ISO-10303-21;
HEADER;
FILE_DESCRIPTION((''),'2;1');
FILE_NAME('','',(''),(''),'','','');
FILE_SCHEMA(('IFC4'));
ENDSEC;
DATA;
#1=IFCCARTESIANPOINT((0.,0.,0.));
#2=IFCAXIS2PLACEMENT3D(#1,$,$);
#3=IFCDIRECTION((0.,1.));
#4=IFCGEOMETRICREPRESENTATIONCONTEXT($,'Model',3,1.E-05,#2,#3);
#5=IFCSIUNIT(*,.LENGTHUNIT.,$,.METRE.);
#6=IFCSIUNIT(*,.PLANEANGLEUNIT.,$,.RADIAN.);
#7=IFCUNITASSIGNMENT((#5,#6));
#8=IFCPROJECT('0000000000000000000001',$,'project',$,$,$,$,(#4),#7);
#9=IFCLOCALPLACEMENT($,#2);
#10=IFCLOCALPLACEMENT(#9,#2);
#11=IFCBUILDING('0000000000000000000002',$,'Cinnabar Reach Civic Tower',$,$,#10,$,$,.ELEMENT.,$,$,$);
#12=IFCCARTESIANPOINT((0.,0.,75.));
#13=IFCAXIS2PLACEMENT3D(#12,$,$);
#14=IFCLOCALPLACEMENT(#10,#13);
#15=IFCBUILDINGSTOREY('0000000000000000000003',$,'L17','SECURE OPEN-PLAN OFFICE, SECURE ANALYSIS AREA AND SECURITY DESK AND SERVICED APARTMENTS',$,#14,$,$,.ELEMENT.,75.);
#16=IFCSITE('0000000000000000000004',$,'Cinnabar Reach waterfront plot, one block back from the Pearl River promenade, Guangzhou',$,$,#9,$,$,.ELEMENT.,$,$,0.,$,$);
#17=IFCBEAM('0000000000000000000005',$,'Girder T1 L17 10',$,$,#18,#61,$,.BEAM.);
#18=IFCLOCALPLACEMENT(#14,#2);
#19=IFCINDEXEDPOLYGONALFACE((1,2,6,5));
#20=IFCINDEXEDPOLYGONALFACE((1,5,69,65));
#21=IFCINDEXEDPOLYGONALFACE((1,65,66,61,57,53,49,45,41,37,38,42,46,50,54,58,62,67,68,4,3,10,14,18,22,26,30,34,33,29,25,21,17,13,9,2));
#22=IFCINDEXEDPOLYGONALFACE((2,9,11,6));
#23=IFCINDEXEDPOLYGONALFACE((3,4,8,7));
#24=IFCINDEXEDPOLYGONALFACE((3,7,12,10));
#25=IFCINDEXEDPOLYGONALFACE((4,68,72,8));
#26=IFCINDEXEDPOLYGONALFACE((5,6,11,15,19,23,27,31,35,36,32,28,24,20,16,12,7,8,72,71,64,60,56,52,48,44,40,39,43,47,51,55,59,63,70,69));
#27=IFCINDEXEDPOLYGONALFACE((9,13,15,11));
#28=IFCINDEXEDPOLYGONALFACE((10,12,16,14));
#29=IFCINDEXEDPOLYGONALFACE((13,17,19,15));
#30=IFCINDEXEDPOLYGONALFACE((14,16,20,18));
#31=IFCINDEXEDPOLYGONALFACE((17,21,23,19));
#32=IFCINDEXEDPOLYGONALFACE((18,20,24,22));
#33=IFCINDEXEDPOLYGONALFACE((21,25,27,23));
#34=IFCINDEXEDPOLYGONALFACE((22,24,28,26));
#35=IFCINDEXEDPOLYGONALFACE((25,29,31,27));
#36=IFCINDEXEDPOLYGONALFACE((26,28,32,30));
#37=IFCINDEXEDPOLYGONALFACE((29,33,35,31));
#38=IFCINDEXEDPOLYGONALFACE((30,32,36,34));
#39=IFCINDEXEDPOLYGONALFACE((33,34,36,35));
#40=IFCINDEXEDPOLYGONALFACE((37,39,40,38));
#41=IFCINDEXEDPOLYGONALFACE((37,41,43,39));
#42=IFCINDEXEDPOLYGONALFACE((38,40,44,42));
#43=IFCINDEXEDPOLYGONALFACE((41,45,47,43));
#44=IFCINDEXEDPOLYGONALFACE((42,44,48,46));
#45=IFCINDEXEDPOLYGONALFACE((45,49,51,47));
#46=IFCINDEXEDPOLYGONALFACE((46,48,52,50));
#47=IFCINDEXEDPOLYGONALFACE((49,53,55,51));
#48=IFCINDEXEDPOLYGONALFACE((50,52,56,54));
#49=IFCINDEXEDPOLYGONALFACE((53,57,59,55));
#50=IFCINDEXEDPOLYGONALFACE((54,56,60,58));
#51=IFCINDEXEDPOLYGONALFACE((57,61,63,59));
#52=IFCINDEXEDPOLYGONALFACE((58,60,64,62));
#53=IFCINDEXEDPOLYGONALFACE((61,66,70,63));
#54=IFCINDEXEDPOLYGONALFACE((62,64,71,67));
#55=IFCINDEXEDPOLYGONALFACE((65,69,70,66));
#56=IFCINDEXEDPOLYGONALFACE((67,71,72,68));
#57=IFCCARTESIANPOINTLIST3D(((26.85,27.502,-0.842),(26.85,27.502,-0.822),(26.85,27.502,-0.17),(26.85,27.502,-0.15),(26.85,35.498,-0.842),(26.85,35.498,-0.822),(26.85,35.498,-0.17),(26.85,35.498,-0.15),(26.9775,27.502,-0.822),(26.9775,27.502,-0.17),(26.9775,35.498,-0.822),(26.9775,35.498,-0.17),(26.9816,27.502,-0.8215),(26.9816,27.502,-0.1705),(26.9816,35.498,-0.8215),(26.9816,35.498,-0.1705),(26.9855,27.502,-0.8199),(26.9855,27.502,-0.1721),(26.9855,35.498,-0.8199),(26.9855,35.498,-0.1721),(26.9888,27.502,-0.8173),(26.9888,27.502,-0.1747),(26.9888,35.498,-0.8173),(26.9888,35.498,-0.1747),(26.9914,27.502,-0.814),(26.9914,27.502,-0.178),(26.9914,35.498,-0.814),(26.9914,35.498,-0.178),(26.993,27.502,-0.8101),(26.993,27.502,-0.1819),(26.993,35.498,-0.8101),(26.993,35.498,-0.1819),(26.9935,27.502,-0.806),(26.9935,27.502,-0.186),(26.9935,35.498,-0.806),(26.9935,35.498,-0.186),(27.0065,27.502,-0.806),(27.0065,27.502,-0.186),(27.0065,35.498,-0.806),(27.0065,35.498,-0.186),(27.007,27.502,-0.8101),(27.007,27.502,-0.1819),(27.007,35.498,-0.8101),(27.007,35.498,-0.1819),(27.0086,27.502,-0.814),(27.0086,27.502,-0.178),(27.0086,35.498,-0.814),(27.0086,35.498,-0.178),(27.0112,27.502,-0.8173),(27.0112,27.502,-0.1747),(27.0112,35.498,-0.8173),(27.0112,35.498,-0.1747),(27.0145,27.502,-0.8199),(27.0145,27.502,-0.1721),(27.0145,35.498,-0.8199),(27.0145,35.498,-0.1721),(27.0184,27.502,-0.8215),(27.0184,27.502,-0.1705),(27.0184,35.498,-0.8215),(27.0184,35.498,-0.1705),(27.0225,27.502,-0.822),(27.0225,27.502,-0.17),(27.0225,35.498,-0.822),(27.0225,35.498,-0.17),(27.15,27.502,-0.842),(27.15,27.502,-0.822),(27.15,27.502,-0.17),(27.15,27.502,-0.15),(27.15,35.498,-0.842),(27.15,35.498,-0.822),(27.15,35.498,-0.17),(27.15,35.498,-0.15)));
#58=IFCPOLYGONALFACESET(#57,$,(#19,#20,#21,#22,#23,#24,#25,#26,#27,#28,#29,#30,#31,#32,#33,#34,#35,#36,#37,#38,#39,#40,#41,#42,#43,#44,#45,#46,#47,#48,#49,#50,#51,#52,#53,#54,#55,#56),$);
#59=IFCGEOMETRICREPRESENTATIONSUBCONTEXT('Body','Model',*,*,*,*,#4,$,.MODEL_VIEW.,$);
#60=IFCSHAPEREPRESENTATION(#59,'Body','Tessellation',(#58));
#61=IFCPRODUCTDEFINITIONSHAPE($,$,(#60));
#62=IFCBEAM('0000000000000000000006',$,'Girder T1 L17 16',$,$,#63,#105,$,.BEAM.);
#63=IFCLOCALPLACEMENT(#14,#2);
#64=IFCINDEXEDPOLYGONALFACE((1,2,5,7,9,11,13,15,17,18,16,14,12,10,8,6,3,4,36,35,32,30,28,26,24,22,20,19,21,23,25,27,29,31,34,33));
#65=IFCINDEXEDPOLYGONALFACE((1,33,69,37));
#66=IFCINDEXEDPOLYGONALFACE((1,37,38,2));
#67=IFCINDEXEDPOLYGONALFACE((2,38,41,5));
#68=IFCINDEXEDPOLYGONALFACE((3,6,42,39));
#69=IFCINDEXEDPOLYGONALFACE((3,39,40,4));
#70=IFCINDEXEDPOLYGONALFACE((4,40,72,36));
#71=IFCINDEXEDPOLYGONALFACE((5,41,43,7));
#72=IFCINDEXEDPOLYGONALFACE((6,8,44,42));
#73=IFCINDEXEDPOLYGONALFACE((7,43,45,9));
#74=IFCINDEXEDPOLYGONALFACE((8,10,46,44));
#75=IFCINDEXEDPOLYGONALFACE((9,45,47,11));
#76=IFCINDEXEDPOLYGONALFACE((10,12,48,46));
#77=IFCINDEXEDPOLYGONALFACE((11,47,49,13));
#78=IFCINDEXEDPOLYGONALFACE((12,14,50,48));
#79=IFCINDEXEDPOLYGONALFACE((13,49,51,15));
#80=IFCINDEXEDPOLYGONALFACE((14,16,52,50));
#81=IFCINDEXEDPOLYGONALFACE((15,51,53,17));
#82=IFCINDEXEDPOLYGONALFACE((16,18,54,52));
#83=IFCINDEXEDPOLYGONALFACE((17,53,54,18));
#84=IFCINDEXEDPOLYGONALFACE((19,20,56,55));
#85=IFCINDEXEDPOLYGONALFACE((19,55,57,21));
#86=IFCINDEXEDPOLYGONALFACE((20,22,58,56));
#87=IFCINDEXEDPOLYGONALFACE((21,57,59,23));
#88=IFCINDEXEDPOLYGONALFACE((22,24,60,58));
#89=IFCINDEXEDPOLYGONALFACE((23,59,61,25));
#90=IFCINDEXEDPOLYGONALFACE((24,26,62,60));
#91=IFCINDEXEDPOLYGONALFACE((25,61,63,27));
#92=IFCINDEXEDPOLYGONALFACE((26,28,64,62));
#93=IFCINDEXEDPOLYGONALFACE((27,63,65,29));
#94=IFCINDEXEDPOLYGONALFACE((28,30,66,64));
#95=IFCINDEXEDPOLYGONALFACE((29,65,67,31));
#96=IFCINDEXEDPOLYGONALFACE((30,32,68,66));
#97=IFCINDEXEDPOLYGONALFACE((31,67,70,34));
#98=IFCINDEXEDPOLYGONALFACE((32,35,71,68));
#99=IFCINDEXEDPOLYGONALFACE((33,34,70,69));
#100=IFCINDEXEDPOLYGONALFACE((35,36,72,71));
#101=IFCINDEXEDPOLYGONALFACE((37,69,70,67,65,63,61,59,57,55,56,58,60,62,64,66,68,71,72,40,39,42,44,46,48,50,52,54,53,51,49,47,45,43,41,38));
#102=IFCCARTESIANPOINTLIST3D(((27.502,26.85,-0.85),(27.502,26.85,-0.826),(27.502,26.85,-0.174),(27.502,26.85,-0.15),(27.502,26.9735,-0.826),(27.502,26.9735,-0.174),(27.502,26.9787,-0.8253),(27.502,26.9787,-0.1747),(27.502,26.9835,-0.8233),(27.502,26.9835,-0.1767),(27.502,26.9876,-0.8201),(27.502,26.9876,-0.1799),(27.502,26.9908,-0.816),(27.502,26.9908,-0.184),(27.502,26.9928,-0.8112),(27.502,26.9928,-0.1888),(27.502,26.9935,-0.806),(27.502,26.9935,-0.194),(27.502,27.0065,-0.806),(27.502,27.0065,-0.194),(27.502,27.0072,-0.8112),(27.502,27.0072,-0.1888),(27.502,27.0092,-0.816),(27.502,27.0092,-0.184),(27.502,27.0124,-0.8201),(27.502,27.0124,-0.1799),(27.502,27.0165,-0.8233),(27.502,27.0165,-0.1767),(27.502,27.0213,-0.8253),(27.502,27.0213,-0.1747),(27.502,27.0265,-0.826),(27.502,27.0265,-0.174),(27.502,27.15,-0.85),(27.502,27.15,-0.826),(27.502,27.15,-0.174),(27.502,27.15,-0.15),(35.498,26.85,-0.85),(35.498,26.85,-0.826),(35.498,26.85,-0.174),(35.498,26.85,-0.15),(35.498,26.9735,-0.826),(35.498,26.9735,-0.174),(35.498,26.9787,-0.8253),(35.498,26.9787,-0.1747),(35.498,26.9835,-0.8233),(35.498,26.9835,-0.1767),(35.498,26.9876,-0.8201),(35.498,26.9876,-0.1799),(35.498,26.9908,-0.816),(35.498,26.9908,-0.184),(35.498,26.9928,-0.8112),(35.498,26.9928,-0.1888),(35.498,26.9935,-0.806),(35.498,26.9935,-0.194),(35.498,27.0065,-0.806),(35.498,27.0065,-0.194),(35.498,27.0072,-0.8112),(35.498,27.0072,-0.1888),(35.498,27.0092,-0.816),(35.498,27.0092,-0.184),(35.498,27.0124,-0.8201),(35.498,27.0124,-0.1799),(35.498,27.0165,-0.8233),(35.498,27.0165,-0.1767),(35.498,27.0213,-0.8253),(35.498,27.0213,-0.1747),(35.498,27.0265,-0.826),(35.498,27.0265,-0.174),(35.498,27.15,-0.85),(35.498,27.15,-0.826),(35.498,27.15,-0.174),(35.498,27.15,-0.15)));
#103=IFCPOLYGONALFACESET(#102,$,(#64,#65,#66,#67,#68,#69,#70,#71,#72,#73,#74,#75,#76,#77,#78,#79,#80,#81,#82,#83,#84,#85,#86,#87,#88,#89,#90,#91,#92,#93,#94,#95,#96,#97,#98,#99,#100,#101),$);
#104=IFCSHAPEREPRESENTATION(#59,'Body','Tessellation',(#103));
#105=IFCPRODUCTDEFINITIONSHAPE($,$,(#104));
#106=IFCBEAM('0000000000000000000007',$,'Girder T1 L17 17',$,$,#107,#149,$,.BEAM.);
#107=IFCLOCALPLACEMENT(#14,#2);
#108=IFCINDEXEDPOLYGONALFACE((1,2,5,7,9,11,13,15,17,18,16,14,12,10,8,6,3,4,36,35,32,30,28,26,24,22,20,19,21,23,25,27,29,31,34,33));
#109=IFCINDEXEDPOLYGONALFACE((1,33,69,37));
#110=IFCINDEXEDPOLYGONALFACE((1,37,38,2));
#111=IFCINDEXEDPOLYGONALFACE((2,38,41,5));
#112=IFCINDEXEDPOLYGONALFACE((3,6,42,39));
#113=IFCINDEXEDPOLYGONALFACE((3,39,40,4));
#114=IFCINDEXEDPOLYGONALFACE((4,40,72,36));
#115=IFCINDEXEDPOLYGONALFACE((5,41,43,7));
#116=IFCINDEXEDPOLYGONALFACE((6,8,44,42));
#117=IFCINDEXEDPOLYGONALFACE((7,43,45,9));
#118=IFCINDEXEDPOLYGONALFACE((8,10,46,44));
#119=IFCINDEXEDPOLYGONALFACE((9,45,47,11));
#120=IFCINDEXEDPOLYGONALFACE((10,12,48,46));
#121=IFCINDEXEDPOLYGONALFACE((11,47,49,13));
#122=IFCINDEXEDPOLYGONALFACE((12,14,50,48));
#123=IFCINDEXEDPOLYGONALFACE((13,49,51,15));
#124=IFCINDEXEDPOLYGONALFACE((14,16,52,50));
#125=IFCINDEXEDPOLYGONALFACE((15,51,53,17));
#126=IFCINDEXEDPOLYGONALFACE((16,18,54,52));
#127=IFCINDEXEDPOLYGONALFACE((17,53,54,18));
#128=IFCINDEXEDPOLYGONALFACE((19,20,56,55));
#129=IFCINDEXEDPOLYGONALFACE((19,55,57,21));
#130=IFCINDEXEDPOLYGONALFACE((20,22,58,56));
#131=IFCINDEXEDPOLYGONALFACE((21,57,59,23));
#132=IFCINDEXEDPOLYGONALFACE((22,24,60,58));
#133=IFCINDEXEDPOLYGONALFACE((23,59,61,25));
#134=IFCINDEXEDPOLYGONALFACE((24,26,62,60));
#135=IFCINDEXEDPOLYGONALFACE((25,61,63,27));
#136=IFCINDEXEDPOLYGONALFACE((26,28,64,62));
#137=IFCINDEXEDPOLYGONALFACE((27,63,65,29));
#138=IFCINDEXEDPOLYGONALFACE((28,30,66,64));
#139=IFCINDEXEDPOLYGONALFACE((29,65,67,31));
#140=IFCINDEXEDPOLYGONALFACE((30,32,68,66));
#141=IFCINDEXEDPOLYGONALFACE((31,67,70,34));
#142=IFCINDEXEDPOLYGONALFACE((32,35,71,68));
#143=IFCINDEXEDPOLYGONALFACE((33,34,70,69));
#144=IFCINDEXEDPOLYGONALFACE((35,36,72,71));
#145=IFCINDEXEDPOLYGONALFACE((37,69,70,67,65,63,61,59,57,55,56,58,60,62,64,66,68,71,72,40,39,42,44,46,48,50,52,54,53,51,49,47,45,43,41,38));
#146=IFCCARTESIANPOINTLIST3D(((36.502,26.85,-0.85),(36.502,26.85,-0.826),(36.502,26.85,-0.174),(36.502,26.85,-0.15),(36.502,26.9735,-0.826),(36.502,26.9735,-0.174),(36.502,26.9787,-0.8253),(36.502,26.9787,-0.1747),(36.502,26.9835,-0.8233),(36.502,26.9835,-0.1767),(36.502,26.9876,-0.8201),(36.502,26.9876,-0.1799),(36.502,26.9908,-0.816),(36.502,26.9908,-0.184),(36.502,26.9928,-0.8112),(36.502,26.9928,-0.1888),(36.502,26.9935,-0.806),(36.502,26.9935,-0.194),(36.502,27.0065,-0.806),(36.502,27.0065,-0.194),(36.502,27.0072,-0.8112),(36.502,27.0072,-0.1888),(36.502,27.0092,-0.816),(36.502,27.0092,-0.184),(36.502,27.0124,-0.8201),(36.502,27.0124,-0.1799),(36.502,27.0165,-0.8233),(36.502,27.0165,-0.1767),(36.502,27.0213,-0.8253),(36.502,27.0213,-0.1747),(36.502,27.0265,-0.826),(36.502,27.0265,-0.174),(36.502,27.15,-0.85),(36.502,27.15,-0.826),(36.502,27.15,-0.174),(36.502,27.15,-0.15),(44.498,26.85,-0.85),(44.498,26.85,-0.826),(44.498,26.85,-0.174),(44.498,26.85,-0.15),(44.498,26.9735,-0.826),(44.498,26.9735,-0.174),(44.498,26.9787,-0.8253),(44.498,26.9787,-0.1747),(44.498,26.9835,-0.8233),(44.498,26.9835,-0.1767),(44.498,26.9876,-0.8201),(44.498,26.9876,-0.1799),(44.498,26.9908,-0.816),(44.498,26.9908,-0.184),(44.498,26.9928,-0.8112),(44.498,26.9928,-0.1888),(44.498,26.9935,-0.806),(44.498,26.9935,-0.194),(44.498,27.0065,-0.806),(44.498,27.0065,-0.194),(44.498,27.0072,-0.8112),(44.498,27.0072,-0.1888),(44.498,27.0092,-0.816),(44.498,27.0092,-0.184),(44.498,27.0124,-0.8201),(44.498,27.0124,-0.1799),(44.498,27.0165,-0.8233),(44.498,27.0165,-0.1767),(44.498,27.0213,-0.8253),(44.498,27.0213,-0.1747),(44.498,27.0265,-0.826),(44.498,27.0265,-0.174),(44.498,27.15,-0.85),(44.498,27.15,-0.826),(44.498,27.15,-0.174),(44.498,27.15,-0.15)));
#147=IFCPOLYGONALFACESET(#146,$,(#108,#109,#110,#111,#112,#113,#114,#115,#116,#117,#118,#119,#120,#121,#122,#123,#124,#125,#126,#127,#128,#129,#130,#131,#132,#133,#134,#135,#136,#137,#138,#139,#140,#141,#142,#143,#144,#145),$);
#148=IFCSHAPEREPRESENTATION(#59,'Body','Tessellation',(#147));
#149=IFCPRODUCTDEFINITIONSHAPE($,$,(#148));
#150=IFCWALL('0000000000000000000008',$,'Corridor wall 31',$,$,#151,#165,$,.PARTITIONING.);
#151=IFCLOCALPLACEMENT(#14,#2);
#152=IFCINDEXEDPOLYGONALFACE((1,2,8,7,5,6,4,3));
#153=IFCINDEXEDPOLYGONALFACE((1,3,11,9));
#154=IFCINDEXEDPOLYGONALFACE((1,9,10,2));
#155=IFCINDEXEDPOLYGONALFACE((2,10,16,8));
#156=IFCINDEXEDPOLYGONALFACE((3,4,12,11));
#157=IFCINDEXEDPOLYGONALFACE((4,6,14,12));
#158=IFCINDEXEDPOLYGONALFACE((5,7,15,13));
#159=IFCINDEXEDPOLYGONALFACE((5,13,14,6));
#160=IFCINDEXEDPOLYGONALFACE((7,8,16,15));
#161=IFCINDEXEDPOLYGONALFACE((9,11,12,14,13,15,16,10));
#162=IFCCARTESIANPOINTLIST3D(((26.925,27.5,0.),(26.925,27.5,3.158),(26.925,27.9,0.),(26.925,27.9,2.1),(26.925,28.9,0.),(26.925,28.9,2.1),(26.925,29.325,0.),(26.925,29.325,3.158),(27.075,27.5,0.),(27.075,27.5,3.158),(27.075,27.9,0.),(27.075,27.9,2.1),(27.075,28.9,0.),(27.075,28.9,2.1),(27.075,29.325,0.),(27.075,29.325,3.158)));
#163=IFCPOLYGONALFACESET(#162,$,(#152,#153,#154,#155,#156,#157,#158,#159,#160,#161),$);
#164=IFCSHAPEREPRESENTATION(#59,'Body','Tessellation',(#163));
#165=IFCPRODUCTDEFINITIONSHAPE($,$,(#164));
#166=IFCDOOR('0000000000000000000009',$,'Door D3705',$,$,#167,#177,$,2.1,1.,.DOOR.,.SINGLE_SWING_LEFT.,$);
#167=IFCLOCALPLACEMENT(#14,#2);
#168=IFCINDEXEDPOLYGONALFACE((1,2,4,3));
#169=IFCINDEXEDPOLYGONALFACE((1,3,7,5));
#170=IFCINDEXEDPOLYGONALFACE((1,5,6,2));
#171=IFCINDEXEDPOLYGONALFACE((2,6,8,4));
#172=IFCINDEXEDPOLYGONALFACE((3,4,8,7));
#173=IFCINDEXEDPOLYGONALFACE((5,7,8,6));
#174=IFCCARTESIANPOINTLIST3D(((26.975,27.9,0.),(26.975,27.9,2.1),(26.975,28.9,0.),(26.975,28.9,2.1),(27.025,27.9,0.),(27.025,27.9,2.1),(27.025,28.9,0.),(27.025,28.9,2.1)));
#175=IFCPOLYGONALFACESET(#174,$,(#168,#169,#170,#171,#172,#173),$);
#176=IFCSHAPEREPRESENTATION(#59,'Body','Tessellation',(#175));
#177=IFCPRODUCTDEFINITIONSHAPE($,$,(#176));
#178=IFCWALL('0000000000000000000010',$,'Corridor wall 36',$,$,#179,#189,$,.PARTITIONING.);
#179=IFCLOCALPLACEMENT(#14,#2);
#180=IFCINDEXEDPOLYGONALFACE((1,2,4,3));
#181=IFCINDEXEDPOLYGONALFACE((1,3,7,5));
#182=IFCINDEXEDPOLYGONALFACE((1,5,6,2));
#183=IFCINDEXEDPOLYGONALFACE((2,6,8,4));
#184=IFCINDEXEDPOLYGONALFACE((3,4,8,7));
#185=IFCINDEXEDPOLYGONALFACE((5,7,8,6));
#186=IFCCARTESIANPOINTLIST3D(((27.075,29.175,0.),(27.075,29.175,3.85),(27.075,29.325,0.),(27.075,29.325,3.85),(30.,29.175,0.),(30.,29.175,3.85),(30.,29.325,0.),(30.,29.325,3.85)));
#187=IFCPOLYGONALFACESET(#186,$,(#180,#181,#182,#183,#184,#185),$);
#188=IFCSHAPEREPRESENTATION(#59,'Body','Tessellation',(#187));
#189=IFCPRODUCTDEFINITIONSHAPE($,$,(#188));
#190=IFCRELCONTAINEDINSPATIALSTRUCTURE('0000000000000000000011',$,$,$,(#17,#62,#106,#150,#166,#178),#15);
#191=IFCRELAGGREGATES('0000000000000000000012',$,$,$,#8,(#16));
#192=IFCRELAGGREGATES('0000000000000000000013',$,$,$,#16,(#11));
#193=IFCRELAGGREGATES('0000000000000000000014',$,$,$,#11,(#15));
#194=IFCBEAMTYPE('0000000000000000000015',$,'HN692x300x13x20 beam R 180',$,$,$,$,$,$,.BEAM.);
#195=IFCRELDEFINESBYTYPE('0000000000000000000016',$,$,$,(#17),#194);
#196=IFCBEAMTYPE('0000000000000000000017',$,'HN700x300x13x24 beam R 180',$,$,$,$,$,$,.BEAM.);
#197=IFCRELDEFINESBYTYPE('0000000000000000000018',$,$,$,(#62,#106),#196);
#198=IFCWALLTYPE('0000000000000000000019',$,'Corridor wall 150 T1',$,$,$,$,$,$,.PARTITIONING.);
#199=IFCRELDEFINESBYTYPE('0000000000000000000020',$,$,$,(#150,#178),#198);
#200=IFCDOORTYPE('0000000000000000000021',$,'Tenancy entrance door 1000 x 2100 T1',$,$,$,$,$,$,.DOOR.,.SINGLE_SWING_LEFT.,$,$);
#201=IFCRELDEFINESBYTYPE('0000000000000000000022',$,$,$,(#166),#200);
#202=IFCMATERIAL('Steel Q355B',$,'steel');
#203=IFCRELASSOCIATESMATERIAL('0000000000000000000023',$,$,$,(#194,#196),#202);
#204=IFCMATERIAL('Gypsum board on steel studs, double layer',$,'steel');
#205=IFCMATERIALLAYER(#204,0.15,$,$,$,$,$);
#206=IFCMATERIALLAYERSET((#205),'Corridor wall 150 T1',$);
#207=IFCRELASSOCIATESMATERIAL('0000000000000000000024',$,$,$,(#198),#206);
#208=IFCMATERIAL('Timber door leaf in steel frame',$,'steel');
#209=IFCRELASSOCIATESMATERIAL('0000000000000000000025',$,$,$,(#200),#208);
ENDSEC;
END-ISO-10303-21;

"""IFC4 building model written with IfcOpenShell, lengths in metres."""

from ifc_helpers import new_model, si_unit, direction, frame, frame_2d, origin, origin_2d, place, context, subcontext, project, spatial, rectangle, i_section, extrude, material, layer, layer_set, material_profile, profile_set, type_object, element, fill, save


model = new_model("IFC4")

# Units and contexts
model_context = context("Model", 3, precision=1e-05, world=origin(), true_north=direction((0.0, 1.0)))
body_context = subcontext(model_context, "Body", "Model", "MODEL_VIEW")
ifc_project = project(units=[si_unit("LENGTHUNIT", "METRE"), si_unit("PLANEANGLEUNIT", "RADIAN")], contexts=[model_context])

# Site, building, storey
site_placement = place(None, origin())
site = spatial("IfcSite", under=ifc_project, at=site_placement, Name="Cinnabar Reach waterfront plot, one block back from the Pearl River promenade, Guangzhou", CompositionType="ELEMENT", RefElevation=0.0)
building_placement = place(site_placement, origin())
building = spatial("IfcBuilding", under=site, at=building_placement, Name="Cinnabar Reach Civic Tower", CompositionType="ELEMENT")
storey_placement = place(building_placement, frame((0.0, 0.0, 75.0)))
storey = spatial("IfcBuildingStorey", under=building, at=storey_placement, Name="L17", Description="SECURE OPEN-PLAN OFFICE, SECURE ANALYSIS AREA AND SECURITY DESK AND SERVICED APARTMENTS", CompositionType="ELEMENT", Elevation=75.0)

# Beams
ifc_material_1 = material(Name="Steel Q355B", Category="steel")
ifc_material_profile_1 = material_profile(ifc_material_1, i_section(OverallWidth=0.3, OverallDepth=0.692, WebThickness=0.013, FlangeThickness=0.02, FilletRadius=0.016, at=origin_2d()), Name="HN692x300x13x20")
ifc_profile_set_1 = profile_set([ifc_material_profile_1], Name="Steel Q355B")
beam_type_1 = type_object("IfcBeamType", Name="HN692x300x13x20 beam R 180", PredefinedType="BEAM", material=ifc_profile_set_1)
beam_1_placement = place(storey_placement, frame((27.0, 27.502, -0.496), z_axis=(0.0, 1.0, 0.0), x_axis=(-1.0, 0.0, 0.0)))
element("IfcBeam", 1, at=beam_1_placement, inside=storey, type_object=beam_type_1, Name="Girder T1 L17 10", PredefinedType="BEAM", context=body_context, shape_type="SweptSolid", body=[
    extrude(i_section(OverallWidth=0.3, OverallDepth=0.692, WebThickness=0.013, FlangeThickness=0.02, FilletRadius=0.016, at=origin_2d()), origin(), (0.0, 0.0, 1.0), 7.996),
])
ifc_material_profile_2 = material_profile(ifc_material_1, i_section(OverallWidth=0.3, OverallDepth=0.7, WebThickness=0.013, FlangeThickness=0.024, FilletRadius=0.02, at=origin_2d()), Name="HN700x300x13x24")
ifc_profile_set_2 = profile_set([ifc_material_profile_2], Name="Steel Q355B")
beam_type_2 = type_object("IfcBeamType", Name="HN700x300x13x24 beam R 180", PredefinedType="BEAM", material=ifc_profile_set_2)
for number, where, z_axis, x_axis, name in (
    (2, (27.502, 27.0, -0.5), (1.0, 0.0, 0.0), (0.0, 1.0, 0.0), "Girder T1 L17 16"),
    (3, (36.502, 27.0, -0.5), (1.0, 0.0, 0.0), (0.0, 1.0, 0.0), "Girder T1 L17 17"),
):
    element("IfcBeam", number, at=place(storey_placement, frame(where, z_axis=z_axis, x_axis=x_axis)), inside=storey, type_object=beam_type_2, Name=name, PredefinedType="BEAM", context=body_context, shape_type="SweptSolid", body=[
        extrude(i_section(OverallWidth=0.3, OverallDepth=0.7, WebThickness=0.013, FlangeThickness=0.024, FilletRadius=0.02, at=origin_2d()), origin(), (0.0, 0.0, 1.0), 7.996),
    ])

# Wall, opening, door
ifc_material_2 = material(Name="Gypsum board on steel studs, double layer", Category="steel")
ifc_layer_1 = layer(ifc_material_2, 0.15)
ifc_layer_set_1 = layer_set([ifc_layer_1], Name="Corridor wall 150 T1")
wall_type_1 = type_object("IfcWallType", Name="Corridor wall 150 T1", PredefinedType="PARTITIONING", material=ifc_layer_set_1)
wall_1_placement = place(storey_placement, frame((27.0, 27.5, 0.0), z_axis=(0.0, 0.0, 1.0), x_axis=(0.0, 1.0, 0.0)))
wall_1 = element("IfcWall", 4, at=wall_1_placement, inside=storey, type_object=wall_type_1, Name="Corridor wall 31", PredefinedType="PARTITIONING", context=body_context, shape_type="SweptSolid", body=[
    extrude(rectangle(XDim=1.825, YDim=0.15, at=frame_2d((0.9125, 0.0))), origin(), (0.0, 0.0, 1.0), 3.158),
])
opening_placement = place(wall_1_placement, frame((0.4, 0.0, 0.0)))
opening = element("IfcOpeningElement", 5, at=opening_placement, cuts=wall_1, PredefinedType="OPENING", context=body_context, shape_type="SweptSolid", body=[
    extrude(rectangle(XDim=1.0, YDim=2.1, at=frame_2d((0.5, 1.05))), frame((0.0, 0.085, 0.0), z_axis=(0.0, -1.0, 0.0), x_axis=(1.0, 0.0, 0.0)), (0.0, 0.0, 1.0), 0.17),
])
ifc_material_3 = material(Name="Timber door leaf in steel frame", Category="steel")
door_type = type_object("IfcDoorType", Name="Tenancy entrance door 1000 x 2100 T1", OperationType="SINGLE_SWING_LEFT", PredefinedType="DOOR", material=ifc_material_3)
door_placement = place(opening_placement, frame((1.0, 0.0, 0.0), z_axis=(0.0, 0.0, 1.0), x_axis=(-1.0, 0.0, 0.0)))
door = element("IfcDoor", 6, at=door_placement, inside=storey, type_object=door_type, Name="Door D3705", OperationType="SINGLE_SWING_LEFT", OverallHeight=2.1, OverallWidth=1.0, PredefinedType="DOOR", context=body_context, shape_type="SweptSolid", body=[
    extrude(rectangle(XDim=1.0, YDim=2.1, at=frame_2d((0.5, 1.05))), frame((0.0, 0.025, 0.0), z_axis=(0.0, -1.0, 0.0), x_axis=(1.0, 0.0, 0.0)), (0.0, 0.0, 1.0), 0.05),
])
fill(opening, door)

# Wall
wall_2_placement = place(storey_placement, frame((27.075, 29.25, 0.0), z_axis=(0.0, 0.0, 1.0), x_axis=(1.0, 0.0, 0.0)))
element("IfcWall", 7, at=wall_2_placement, inside=storey, type_object=wall_type_1, Name="Corridor wall 36", PredefinedType="PARTITIONING", context=body_context, shape_type="SweptSolid", body=[
    extrude(rectangle(XDim=2.925, YDim=0.15, at=frame_2d((1.4625, 0.0))), origin(), (0.0, 0.0, 1.0), 3.85),
])

save(model, "model.ifc")
